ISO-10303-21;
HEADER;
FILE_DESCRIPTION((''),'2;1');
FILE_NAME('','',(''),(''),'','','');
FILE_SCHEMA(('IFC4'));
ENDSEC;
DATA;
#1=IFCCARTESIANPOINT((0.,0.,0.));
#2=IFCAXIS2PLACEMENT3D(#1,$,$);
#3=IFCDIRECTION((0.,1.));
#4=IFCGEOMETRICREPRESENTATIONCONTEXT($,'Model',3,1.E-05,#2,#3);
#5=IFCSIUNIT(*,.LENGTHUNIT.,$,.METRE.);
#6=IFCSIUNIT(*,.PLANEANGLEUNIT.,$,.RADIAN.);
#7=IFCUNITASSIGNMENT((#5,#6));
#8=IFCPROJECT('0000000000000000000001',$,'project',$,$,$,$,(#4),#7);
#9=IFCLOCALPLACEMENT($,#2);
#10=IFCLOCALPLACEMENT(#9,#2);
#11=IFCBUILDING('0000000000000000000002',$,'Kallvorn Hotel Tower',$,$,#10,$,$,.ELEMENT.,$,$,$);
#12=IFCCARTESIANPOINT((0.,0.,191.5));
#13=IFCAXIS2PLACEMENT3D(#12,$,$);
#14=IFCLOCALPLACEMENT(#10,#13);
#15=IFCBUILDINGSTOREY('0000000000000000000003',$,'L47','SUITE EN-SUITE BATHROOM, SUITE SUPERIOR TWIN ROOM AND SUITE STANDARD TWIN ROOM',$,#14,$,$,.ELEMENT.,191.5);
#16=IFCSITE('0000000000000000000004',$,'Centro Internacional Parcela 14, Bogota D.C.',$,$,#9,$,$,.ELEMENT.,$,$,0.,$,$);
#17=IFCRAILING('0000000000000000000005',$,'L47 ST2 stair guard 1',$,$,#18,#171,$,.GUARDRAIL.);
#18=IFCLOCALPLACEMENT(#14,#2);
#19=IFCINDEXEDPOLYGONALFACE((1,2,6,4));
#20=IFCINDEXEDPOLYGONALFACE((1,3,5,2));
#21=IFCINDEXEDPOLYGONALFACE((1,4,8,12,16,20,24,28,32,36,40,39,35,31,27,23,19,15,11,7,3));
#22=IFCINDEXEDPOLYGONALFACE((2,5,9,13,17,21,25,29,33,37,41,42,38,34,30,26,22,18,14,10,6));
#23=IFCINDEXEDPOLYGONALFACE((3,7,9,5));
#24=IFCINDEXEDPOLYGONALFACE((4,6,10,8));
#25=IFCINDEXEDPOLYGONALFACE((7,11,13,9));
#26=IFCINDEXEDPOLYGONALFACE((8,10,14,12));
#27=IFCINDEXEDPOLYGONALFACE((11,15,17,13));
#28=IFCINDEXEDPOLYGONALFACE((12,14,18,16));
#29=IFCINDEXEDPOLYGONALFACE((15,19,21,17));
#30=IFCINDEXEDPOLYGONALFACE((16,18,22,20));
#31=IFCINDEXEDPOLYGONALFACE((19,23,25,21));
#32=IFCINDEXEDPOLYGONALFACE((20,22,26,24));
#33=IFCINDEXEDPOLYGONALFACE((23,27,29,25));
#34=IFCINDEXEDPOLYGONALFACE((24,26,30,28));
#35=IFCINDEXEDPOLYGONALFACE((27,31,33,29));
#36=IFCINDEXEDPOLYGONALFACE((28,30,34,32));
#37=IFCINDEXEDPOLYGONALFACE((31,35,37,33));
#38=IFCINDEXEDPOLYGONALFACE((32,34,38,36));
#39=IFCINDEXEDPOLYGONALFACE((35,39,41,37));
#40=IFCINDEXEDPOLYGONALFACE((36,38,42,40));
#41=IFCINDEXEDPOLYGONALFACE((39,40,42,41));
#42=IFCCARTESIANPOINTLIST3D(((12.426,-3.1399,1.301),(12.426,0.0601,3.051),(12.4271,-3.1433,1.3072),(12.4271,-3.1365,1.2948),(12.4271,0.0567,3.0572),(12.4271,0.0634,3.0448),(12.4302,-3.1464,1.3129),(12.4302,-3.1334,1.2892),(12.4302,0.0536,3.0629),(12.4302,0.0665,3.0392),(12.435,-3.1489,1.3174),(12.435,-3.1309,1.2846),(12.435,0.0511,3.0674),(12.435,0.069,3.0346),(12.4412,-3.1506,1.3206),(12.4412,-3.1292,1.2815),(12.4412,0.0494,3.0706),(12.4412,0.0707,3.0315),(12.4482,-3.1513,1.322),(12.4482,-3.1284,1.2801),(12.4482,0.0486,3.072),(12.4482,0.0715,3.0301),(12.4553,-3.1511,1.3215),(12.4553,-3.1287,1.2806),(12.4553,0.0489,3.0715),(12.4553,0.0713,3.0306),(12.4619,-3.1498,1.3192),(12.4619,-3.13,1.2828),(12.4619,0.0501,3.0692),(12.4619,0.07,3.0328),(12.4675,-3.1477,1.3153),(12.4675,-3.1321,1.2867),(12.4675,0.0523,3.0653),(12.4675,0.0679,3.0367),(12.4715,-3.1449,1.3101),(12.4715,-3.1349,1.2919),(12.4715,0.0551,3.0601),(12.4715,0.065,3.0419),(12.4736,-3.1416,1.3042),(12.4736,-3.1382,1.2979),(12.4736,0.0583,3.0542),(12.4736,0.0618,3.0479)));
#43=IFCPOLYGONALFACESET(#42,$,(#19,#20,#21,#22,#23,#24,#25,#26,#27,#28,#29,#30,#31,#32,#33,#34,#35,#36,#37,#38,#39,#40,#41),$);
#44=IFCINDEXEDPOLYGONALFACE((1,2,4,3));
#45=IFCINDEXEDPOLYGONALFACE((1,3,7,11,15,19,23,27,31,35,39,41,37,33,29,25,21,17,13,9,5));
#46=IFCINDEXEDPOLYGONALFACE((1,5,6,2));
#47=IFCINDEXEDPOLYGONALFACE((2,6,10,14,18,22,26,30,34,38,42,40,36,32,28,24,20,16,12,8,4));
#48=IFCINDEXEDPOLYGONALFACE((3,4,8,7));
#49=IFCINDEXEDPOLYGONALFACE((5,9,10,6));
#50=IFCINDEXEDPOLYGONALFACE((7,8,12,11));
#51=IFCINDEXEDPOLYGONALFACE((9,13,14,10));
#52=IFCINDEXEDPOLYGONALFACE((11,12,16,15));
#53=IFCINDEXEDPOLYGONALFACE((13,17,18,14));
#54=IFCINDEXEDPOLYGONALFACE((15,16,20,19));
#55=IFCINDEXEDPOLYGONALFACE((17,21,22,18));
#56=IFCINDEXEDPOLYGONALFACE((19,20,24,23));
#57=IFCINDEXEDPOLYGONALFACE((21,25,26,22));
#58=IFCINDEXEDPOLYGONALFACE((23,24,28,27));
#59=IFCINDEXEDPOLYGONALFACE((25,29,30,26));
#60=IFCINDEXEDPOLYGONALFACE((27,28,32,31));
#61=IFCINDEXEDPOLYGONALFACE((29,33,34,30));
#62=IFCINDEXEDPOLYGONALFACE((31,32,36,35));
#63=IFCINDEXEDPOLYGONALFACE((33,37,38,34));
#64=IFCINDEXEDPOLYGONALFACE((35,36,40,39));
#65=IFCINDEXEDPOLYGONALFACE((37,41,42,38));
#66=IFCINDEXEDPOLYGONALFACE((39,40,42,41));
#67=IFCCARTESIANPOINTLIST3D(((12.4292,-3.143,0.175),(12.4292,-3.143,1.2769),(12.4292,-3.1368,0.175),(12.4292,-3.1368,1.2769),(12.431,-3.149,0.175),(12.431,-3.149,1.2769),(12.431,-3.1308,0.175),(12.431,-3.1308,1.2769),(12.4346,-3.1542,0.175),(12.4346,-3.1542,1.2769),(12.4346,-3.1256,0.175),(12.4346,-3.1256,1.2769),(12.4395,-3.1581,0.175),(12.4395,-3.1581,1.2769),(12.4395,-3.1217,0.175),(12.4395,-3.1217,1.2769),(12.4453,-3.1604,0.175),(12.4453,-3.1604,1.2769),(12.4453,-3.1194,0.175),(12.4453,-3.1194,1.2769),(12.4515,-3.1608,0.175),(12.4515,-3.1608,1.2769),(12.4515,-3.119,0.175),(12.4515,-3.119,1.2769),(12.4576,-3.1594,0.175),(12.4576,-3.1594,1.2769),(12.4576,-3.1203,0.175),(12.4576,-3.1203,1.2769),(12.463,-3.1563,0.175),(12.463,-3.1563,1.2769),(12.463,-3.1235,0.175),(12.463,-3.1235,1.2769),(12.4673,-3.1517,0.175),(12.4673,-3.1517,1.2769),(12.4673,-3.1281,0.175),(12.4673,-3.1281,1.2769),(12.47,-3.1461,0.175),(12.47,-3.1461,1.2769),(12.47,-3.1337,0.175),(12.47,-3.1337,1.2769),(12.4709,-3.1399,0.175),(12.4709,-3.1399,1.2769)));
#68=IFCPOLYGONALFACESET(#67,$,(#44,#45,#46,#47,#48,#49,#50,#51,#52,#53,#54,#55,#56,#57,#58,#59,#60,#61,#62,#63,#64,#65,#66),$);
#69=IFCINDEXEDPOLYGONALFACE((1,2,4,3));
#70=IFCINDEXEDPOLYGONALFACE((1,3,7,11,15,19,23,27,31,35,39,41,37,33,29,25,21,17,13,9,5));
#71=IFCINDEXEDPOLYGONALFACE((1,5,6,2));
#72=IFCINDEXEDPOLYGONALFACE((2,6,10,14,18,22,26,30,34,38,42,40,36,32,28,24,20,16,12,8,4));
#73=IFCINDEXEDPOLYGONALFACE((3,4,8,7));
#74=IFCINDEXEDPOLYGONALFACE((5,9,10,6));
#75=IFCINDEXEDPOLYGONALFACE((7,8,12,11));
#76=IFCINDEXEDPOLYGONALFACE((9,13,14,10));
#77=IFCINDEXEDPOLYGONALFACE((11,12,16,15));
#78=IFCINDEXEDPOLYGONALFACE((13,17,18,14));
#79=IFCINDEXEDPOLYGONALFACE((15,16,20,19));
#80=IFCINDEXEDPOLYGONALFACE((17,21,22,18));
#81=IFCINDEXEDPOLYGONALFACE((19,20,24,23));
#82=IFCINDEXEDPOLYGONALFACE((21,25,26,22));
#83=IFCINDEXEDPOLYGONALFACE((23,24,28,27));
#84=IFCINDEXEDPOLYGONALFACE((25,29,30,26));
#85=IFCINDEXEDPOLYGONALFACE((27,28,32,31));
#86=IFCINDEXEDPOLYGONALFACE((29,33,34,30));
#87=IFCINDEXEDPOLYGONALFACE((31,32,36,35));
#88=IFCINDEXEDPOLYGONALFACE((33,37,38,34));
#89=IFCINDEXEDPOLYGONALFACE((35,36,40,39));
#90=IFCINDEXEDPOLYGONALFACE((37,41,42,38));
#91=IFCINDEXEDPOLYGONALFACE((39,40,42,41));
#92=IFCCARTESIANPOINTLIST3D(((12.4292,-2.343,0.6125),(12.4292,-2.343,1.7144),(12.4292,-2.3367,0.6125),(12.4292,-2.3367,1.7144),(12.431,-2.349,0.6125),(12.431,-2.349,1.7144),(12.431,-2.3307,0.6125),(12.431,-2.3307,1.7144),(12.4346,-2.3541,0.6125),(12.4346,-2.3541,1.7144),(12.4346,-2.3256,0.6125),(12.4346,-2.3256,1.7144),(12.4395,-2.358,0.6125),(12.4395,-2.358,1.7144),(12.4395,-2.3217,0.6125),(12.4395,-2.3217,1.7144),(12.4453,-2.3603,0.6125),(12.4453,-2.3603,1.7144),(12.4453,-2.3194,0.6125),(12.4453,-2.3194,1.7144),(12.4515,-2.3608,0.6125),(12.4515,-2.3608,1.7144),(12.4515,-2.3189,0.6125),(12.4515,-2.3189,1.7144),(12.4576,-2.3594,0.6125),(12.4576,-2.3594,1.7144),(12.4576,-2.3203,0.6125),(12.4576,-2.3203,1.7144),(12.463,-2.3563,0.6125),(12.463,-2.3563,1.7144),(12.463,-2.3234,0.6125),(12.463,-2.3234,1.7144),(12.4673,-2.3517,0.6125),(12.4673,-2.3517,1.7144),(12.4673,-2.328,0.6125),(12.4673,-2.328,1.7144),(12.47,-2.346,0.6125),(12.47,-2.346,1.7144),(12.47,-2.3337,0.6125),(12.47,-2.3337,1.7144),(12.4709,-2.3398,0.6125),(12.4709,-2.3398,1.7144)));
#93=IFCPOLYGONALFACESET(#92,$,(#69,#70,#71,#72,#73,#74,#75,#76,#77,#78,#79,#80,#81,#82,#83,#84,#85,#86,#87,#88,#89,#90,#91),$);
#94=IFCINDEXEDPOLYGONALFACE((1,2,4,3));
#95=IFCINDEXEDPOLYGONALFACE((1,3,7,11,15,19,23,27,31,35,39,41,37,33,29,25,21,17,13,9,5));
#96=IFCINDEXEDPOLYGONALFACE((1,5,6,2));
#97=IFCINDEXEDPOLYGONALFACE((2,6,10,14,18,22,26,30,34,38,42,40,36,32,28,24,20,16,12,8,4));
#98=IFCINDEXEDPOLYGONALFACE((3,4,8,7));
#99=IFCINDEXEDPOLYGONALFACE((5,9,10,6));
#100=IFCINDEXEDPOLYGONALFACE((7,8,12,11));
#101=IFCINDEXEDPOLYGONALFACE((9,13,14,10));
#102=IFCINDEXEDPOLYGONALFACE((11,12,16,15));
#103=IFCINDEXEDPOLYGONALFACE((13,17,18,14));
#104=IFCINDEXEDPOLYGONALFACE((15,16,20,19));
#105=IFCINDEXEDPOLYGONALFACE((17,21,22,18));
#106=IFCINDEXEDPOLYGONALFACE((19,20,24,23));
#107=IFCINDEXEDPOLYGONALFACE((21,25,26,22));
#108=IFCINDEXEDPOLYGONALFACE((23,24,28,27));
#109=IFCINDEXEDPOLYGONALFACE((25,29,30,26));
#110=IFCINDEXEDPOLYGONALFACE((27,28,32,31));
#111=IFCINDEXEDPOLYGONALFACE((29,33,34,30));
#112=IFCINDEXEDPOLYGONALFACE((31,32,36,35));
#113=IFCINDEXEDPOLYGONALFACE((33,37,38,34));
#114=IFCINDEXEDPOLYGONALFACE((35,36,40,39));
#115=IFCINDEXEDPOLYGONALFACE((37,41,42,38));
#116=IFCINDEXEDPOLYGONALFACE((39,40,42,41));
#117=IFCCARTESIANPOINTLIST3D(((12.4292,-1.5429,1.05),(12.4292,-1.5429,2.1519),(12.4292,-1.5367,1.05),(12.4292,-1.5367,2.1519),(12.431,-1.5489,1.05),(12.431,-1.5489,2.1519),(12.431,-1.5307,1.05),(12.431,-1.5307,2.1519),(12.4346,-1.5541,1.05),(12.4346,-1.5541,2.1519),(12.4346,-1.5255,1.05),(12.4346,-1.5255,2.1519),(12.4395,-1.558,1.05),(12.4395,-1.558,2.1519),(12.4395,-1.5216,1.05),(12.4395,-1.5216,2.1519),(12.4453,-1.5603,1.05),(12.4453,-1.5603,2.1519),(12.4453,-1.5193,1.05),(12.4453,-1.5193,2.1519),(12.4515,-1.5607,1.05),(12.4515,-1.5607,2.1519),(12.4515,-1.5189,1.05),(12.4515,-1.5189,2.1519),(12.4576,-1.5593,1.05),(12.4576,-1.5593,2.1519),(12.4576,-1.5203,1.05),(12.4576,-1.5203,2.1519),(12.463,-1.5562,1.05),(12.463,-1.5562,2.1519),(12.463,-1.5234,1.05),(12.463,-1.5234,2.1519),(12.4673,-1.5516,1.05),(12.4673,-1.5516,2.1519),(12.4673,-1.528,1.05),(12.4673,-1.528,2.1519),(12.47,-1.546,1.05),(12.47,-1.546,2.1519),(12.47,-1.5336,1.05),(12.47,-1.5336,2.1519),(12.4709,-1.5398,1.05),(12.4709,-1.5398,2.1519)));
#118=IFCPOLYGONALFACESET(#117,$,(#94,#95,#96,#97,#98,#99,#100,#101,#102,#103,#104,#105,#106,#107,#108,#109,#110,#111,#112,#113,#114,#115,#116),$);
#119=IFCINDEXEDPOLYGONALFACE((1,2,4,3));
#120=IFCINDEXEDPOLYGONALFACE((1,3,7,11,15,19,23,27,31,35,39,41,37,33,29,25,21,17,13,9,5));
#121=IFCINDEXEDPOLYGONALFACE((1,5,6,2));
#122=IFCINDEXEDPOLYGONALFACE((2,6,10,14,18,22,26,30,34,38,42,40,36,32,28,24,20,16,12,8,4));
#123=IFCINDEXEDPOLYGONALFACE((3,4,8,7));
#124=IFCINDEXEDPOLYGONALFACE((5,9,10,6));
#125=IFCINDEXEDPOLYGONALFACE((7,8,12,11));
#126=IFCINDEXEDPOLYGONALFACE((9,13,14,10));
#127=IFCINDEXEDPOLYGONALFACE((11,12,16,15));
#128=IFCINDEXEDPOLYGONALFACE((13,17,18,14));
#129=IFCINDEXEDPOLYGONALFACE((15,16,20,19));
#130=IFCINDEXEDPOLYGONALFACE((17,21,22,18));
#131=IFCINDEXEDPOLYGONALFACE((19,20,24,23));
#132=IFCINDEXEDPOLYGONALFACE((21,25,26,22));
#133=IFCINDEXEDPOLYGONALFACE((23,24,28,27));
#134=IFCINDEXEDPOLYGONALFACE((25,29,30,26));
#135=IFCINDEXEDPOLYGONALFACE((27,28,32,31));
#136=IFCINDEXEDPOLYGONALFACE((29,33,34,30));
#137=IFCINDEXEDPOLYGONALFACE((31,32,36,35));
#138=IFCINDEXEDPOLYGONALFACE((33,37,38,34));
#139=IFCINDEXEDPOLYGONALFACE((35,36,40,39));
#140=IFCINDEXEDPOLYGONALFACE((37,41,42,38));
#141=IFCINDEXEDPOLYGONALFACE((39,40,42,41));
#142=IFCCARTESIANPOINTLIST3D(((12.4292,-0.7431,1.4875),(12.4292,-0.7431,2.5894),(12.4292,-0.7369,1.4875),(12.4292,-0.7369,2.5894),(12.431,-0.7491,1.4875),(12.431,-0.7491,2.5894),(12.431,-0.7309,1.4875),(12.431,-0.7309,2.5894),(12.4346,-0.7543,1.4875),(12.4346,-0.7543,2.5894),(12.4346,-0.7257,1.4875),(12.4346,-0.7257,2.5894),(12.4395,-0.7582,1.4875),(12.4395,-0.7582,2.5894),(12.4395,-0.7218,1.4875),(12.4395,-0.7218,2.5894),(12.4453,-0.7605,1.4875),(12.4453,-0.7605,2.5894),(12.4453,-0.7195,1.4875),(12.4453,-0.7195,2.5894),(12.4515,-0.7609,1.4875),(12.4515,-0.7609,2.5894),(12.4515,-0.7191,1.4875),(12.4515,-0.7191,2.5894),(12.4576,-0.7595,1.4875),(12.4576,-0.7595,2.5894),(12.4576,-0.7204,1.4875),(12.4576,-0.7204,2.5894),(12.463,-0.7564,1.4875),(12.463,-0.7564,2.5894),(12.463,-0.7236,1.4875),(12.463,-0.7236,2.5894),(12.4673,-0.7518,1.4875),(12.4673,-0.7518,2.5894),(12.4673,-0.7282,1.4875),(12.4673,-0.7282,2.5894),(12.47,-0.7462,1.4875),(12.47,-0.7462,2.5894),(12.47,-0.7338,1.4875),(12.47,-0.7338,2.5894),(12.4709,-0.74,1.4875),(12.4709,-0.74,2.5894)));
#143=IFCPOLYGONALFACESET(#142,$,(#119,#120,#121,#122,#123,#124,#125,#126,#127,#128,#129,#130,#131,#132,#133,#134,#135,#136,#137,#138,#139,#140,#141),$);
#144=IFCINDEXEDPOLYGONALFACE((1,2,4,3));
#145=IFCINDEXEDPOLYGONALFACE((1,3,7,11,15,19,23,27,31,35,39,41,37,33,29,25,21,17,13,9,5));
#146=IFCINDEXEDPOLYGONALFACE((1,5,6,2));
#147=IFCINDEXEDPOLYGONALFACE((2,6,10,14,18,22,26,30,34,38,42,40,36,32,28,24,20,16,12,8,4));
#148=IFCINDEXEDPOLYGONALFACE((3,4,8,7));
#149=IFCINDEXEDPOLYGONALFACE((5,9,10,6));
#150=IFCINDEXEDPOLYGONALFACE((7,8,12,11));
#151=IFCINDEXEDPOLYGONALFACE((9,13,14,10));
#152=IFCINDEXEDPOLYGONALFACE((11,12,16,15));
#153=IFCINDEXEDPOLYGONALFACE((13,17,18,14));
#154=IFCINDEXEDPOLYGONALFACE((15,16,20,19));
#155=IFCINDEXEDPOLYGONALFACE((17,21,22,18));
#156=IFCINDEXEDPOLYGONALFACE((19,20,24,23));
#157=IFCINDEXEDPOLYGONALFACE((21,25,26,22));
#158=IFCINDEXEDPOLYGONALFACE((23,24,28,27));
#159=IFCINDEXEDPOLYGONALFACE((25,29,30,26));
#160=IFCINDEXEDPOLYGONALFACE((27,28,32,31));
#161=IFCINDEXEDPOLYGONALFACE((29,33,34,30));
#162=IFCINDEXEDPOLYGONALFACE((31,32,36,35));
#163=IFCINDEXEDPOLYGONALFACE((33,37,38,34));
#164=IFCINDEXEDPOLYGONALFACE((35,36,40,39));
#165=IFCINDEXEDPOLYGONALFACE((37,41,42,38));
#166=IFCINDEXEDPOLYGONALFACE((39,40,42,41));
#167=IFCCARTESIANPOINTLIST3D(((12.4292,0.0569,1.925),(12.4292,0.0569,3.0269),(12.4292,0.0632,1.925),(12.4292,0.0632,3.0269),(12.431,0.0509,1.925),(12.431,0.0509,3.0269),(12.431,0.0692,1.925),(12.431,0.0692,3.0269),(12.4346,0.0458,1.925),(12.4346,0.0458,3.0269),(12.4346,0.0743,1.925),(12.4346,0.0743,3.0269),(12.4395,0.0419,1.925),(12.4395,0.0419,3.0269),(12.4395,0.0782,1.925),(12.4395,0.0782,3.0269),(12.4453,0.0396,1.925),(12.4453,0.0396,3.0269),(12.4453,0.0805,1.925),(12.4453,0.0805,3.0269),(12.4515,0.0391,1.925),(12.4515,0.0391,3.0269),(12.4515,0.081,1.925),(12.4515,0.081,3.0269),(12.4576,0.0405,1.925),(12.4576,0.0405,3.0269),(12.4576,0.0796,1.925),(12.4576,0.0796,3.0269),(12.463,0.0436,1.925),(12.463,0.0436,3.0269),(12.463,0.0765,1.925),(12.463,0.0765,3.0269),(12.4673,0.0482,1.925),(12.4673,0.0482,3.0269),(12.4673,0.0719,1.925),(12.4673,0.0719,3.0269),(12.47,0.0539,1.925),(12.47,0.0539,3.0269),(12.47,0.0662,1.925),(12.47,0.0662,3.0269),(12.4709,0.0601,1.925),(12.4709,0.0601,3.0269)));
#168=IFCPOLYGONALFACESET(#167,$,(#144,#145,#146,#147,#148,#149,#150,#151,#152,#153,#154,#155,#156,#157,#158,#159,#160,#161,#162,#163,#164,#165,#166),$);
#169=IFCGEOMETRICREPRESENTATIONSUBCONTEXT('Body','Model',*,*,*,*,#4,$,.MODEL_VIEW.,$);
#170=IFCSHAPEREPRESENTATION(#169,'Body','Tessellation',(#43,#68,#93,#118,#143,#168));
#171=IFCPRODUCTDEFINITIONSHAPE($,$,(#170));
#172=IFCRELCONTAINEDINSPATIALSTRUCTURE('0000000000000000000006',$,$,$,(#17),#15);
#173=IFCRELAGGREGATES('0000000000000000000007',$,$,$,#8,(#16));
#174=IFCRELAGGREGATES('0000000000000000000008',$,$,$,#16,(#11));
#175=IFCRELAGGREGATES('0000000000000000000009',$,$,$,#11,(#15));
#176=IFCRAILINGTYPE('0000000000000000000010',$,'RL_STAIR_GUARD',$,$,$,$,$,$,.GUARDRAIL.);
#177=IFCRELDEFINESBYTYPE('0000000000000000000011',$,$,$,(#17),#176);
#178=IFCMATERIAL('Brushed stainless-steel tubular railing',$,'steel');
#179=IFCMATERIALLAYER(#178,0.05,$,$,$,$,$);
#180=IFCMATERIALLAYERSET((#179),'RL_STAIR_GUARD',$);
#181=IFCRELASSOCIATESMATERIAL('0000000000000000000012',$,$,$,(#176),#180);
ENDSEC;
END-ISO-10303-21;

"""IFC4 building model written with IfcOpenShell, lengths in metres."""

from ifc_helpers import new_model, si_unit, direction, frame, origin, origin_2d, place, context, subcontext, project, spatial, circle, extrude, material, layer, layer_set, type_object, element, save


model = new_model("IFC4")

# Units and contexts
model_context = context("Model", 3, precision=1e-05, world=origin(), true_north=direction((0.0, 1.0)))
body_context = subcontext(model_context, "Body", "Model", "MODEL_VIEW")
ifc_project = project(units=[si_unit("LENGTHUNIT", "METRE"), si_unit("PLANEANGLEUNIT", "RADIAN")], contexts=[model_context])

# Site, building, storey
site_placement = place(None, origin())
site = spatial("IfcSite", under=ifc_project, at=site_placement, Name="Centro Internacional Parcela 14, Bogota D.C.", CompositionType="ELEMENT", RefElevation=0.0)
building_placement = place(site_placement, origin())
building = spatial("IfcBuilding", under=site, at=building_placement, Name="Kallvorn Hotel Tower", CompositionType="ELEMENT")
storey_placement = place(building_placement, frame((0.0, 0.0, 191.5)))
storey = spatial("IfcBuildingStorey", under=building, at=storey_placement, Name="L47", Description="SUITE EN-SUITE BATHROOM, SUITE SUPERIOR TWIN ROOM AND SUITE STANDARD TWIN ROOM", CompositionType="ELEMENT", Elevation=191.5)

# Railing
ifc_material_1 = material(Name="Brushed stainless-steel tubular railing", Category="steel")
ifc_layer_1 = layer(ifc_material_1, 0.05)
ifc_layer_set_1 = layer_set([ifc_layer_1], Name="RL_STAIR_GUARD")
railing_type_1 = type_object("IfcRailingType", Name="RL_STAIR_GUARD", PredefinedType="GUARDRAIL", material=ifc_layer_set_1)
railing_1_placement = place(storey_placement, frame((12.45, -3.1399, 0.175)))
element("IfcRailing", 1, at=railing_1_placement, inside=storey, type_object=railing_type_1, Name="L47 ST2 stair guard 1", PredefinedType="GUARDRAIL", context=body_context, shape_type="SweptSolid", body=[
    extrude(circle(Radius=0.0239, at=origin_2d()), frame((0.0, 0.0, 1.126), z_axis=(0.0, 0.877368, 0.479818), x_axis=(-1.0, 0.0, 0.0)), (0.0, 0.0, 1.0), 3.6472),
    extrude(circle(Radius=0.021, at=origin_2d()), origin(), (0.0, 0.0, 1.0), 1.1018),
    extrude(circle(Radius=0.021, at=origin_2d()), frame((0.0, 0.8, 0.4375)), (0.0, 0.0, 1.0), 1.1018),
    extrude(circle(Radius=0.021, at=origin_2d()), frame((0.0, 1.6001, 0.875)), (0.0, 0.0, 1.0), 1.1018),
    extrude(circle(Radius=0.021, at=origin_2d()), frame((0.0, 2.3999, 1.3125)), (0.0, 0.0, 1.0), 1.1018),
    extrude(circle(Radius=0.021, at=origin_2d()), frame((0.0, 3.2, 1.75)), (0.0, 0.0, 1.0), 1.1018),
])

save(model, "model.ifc")
